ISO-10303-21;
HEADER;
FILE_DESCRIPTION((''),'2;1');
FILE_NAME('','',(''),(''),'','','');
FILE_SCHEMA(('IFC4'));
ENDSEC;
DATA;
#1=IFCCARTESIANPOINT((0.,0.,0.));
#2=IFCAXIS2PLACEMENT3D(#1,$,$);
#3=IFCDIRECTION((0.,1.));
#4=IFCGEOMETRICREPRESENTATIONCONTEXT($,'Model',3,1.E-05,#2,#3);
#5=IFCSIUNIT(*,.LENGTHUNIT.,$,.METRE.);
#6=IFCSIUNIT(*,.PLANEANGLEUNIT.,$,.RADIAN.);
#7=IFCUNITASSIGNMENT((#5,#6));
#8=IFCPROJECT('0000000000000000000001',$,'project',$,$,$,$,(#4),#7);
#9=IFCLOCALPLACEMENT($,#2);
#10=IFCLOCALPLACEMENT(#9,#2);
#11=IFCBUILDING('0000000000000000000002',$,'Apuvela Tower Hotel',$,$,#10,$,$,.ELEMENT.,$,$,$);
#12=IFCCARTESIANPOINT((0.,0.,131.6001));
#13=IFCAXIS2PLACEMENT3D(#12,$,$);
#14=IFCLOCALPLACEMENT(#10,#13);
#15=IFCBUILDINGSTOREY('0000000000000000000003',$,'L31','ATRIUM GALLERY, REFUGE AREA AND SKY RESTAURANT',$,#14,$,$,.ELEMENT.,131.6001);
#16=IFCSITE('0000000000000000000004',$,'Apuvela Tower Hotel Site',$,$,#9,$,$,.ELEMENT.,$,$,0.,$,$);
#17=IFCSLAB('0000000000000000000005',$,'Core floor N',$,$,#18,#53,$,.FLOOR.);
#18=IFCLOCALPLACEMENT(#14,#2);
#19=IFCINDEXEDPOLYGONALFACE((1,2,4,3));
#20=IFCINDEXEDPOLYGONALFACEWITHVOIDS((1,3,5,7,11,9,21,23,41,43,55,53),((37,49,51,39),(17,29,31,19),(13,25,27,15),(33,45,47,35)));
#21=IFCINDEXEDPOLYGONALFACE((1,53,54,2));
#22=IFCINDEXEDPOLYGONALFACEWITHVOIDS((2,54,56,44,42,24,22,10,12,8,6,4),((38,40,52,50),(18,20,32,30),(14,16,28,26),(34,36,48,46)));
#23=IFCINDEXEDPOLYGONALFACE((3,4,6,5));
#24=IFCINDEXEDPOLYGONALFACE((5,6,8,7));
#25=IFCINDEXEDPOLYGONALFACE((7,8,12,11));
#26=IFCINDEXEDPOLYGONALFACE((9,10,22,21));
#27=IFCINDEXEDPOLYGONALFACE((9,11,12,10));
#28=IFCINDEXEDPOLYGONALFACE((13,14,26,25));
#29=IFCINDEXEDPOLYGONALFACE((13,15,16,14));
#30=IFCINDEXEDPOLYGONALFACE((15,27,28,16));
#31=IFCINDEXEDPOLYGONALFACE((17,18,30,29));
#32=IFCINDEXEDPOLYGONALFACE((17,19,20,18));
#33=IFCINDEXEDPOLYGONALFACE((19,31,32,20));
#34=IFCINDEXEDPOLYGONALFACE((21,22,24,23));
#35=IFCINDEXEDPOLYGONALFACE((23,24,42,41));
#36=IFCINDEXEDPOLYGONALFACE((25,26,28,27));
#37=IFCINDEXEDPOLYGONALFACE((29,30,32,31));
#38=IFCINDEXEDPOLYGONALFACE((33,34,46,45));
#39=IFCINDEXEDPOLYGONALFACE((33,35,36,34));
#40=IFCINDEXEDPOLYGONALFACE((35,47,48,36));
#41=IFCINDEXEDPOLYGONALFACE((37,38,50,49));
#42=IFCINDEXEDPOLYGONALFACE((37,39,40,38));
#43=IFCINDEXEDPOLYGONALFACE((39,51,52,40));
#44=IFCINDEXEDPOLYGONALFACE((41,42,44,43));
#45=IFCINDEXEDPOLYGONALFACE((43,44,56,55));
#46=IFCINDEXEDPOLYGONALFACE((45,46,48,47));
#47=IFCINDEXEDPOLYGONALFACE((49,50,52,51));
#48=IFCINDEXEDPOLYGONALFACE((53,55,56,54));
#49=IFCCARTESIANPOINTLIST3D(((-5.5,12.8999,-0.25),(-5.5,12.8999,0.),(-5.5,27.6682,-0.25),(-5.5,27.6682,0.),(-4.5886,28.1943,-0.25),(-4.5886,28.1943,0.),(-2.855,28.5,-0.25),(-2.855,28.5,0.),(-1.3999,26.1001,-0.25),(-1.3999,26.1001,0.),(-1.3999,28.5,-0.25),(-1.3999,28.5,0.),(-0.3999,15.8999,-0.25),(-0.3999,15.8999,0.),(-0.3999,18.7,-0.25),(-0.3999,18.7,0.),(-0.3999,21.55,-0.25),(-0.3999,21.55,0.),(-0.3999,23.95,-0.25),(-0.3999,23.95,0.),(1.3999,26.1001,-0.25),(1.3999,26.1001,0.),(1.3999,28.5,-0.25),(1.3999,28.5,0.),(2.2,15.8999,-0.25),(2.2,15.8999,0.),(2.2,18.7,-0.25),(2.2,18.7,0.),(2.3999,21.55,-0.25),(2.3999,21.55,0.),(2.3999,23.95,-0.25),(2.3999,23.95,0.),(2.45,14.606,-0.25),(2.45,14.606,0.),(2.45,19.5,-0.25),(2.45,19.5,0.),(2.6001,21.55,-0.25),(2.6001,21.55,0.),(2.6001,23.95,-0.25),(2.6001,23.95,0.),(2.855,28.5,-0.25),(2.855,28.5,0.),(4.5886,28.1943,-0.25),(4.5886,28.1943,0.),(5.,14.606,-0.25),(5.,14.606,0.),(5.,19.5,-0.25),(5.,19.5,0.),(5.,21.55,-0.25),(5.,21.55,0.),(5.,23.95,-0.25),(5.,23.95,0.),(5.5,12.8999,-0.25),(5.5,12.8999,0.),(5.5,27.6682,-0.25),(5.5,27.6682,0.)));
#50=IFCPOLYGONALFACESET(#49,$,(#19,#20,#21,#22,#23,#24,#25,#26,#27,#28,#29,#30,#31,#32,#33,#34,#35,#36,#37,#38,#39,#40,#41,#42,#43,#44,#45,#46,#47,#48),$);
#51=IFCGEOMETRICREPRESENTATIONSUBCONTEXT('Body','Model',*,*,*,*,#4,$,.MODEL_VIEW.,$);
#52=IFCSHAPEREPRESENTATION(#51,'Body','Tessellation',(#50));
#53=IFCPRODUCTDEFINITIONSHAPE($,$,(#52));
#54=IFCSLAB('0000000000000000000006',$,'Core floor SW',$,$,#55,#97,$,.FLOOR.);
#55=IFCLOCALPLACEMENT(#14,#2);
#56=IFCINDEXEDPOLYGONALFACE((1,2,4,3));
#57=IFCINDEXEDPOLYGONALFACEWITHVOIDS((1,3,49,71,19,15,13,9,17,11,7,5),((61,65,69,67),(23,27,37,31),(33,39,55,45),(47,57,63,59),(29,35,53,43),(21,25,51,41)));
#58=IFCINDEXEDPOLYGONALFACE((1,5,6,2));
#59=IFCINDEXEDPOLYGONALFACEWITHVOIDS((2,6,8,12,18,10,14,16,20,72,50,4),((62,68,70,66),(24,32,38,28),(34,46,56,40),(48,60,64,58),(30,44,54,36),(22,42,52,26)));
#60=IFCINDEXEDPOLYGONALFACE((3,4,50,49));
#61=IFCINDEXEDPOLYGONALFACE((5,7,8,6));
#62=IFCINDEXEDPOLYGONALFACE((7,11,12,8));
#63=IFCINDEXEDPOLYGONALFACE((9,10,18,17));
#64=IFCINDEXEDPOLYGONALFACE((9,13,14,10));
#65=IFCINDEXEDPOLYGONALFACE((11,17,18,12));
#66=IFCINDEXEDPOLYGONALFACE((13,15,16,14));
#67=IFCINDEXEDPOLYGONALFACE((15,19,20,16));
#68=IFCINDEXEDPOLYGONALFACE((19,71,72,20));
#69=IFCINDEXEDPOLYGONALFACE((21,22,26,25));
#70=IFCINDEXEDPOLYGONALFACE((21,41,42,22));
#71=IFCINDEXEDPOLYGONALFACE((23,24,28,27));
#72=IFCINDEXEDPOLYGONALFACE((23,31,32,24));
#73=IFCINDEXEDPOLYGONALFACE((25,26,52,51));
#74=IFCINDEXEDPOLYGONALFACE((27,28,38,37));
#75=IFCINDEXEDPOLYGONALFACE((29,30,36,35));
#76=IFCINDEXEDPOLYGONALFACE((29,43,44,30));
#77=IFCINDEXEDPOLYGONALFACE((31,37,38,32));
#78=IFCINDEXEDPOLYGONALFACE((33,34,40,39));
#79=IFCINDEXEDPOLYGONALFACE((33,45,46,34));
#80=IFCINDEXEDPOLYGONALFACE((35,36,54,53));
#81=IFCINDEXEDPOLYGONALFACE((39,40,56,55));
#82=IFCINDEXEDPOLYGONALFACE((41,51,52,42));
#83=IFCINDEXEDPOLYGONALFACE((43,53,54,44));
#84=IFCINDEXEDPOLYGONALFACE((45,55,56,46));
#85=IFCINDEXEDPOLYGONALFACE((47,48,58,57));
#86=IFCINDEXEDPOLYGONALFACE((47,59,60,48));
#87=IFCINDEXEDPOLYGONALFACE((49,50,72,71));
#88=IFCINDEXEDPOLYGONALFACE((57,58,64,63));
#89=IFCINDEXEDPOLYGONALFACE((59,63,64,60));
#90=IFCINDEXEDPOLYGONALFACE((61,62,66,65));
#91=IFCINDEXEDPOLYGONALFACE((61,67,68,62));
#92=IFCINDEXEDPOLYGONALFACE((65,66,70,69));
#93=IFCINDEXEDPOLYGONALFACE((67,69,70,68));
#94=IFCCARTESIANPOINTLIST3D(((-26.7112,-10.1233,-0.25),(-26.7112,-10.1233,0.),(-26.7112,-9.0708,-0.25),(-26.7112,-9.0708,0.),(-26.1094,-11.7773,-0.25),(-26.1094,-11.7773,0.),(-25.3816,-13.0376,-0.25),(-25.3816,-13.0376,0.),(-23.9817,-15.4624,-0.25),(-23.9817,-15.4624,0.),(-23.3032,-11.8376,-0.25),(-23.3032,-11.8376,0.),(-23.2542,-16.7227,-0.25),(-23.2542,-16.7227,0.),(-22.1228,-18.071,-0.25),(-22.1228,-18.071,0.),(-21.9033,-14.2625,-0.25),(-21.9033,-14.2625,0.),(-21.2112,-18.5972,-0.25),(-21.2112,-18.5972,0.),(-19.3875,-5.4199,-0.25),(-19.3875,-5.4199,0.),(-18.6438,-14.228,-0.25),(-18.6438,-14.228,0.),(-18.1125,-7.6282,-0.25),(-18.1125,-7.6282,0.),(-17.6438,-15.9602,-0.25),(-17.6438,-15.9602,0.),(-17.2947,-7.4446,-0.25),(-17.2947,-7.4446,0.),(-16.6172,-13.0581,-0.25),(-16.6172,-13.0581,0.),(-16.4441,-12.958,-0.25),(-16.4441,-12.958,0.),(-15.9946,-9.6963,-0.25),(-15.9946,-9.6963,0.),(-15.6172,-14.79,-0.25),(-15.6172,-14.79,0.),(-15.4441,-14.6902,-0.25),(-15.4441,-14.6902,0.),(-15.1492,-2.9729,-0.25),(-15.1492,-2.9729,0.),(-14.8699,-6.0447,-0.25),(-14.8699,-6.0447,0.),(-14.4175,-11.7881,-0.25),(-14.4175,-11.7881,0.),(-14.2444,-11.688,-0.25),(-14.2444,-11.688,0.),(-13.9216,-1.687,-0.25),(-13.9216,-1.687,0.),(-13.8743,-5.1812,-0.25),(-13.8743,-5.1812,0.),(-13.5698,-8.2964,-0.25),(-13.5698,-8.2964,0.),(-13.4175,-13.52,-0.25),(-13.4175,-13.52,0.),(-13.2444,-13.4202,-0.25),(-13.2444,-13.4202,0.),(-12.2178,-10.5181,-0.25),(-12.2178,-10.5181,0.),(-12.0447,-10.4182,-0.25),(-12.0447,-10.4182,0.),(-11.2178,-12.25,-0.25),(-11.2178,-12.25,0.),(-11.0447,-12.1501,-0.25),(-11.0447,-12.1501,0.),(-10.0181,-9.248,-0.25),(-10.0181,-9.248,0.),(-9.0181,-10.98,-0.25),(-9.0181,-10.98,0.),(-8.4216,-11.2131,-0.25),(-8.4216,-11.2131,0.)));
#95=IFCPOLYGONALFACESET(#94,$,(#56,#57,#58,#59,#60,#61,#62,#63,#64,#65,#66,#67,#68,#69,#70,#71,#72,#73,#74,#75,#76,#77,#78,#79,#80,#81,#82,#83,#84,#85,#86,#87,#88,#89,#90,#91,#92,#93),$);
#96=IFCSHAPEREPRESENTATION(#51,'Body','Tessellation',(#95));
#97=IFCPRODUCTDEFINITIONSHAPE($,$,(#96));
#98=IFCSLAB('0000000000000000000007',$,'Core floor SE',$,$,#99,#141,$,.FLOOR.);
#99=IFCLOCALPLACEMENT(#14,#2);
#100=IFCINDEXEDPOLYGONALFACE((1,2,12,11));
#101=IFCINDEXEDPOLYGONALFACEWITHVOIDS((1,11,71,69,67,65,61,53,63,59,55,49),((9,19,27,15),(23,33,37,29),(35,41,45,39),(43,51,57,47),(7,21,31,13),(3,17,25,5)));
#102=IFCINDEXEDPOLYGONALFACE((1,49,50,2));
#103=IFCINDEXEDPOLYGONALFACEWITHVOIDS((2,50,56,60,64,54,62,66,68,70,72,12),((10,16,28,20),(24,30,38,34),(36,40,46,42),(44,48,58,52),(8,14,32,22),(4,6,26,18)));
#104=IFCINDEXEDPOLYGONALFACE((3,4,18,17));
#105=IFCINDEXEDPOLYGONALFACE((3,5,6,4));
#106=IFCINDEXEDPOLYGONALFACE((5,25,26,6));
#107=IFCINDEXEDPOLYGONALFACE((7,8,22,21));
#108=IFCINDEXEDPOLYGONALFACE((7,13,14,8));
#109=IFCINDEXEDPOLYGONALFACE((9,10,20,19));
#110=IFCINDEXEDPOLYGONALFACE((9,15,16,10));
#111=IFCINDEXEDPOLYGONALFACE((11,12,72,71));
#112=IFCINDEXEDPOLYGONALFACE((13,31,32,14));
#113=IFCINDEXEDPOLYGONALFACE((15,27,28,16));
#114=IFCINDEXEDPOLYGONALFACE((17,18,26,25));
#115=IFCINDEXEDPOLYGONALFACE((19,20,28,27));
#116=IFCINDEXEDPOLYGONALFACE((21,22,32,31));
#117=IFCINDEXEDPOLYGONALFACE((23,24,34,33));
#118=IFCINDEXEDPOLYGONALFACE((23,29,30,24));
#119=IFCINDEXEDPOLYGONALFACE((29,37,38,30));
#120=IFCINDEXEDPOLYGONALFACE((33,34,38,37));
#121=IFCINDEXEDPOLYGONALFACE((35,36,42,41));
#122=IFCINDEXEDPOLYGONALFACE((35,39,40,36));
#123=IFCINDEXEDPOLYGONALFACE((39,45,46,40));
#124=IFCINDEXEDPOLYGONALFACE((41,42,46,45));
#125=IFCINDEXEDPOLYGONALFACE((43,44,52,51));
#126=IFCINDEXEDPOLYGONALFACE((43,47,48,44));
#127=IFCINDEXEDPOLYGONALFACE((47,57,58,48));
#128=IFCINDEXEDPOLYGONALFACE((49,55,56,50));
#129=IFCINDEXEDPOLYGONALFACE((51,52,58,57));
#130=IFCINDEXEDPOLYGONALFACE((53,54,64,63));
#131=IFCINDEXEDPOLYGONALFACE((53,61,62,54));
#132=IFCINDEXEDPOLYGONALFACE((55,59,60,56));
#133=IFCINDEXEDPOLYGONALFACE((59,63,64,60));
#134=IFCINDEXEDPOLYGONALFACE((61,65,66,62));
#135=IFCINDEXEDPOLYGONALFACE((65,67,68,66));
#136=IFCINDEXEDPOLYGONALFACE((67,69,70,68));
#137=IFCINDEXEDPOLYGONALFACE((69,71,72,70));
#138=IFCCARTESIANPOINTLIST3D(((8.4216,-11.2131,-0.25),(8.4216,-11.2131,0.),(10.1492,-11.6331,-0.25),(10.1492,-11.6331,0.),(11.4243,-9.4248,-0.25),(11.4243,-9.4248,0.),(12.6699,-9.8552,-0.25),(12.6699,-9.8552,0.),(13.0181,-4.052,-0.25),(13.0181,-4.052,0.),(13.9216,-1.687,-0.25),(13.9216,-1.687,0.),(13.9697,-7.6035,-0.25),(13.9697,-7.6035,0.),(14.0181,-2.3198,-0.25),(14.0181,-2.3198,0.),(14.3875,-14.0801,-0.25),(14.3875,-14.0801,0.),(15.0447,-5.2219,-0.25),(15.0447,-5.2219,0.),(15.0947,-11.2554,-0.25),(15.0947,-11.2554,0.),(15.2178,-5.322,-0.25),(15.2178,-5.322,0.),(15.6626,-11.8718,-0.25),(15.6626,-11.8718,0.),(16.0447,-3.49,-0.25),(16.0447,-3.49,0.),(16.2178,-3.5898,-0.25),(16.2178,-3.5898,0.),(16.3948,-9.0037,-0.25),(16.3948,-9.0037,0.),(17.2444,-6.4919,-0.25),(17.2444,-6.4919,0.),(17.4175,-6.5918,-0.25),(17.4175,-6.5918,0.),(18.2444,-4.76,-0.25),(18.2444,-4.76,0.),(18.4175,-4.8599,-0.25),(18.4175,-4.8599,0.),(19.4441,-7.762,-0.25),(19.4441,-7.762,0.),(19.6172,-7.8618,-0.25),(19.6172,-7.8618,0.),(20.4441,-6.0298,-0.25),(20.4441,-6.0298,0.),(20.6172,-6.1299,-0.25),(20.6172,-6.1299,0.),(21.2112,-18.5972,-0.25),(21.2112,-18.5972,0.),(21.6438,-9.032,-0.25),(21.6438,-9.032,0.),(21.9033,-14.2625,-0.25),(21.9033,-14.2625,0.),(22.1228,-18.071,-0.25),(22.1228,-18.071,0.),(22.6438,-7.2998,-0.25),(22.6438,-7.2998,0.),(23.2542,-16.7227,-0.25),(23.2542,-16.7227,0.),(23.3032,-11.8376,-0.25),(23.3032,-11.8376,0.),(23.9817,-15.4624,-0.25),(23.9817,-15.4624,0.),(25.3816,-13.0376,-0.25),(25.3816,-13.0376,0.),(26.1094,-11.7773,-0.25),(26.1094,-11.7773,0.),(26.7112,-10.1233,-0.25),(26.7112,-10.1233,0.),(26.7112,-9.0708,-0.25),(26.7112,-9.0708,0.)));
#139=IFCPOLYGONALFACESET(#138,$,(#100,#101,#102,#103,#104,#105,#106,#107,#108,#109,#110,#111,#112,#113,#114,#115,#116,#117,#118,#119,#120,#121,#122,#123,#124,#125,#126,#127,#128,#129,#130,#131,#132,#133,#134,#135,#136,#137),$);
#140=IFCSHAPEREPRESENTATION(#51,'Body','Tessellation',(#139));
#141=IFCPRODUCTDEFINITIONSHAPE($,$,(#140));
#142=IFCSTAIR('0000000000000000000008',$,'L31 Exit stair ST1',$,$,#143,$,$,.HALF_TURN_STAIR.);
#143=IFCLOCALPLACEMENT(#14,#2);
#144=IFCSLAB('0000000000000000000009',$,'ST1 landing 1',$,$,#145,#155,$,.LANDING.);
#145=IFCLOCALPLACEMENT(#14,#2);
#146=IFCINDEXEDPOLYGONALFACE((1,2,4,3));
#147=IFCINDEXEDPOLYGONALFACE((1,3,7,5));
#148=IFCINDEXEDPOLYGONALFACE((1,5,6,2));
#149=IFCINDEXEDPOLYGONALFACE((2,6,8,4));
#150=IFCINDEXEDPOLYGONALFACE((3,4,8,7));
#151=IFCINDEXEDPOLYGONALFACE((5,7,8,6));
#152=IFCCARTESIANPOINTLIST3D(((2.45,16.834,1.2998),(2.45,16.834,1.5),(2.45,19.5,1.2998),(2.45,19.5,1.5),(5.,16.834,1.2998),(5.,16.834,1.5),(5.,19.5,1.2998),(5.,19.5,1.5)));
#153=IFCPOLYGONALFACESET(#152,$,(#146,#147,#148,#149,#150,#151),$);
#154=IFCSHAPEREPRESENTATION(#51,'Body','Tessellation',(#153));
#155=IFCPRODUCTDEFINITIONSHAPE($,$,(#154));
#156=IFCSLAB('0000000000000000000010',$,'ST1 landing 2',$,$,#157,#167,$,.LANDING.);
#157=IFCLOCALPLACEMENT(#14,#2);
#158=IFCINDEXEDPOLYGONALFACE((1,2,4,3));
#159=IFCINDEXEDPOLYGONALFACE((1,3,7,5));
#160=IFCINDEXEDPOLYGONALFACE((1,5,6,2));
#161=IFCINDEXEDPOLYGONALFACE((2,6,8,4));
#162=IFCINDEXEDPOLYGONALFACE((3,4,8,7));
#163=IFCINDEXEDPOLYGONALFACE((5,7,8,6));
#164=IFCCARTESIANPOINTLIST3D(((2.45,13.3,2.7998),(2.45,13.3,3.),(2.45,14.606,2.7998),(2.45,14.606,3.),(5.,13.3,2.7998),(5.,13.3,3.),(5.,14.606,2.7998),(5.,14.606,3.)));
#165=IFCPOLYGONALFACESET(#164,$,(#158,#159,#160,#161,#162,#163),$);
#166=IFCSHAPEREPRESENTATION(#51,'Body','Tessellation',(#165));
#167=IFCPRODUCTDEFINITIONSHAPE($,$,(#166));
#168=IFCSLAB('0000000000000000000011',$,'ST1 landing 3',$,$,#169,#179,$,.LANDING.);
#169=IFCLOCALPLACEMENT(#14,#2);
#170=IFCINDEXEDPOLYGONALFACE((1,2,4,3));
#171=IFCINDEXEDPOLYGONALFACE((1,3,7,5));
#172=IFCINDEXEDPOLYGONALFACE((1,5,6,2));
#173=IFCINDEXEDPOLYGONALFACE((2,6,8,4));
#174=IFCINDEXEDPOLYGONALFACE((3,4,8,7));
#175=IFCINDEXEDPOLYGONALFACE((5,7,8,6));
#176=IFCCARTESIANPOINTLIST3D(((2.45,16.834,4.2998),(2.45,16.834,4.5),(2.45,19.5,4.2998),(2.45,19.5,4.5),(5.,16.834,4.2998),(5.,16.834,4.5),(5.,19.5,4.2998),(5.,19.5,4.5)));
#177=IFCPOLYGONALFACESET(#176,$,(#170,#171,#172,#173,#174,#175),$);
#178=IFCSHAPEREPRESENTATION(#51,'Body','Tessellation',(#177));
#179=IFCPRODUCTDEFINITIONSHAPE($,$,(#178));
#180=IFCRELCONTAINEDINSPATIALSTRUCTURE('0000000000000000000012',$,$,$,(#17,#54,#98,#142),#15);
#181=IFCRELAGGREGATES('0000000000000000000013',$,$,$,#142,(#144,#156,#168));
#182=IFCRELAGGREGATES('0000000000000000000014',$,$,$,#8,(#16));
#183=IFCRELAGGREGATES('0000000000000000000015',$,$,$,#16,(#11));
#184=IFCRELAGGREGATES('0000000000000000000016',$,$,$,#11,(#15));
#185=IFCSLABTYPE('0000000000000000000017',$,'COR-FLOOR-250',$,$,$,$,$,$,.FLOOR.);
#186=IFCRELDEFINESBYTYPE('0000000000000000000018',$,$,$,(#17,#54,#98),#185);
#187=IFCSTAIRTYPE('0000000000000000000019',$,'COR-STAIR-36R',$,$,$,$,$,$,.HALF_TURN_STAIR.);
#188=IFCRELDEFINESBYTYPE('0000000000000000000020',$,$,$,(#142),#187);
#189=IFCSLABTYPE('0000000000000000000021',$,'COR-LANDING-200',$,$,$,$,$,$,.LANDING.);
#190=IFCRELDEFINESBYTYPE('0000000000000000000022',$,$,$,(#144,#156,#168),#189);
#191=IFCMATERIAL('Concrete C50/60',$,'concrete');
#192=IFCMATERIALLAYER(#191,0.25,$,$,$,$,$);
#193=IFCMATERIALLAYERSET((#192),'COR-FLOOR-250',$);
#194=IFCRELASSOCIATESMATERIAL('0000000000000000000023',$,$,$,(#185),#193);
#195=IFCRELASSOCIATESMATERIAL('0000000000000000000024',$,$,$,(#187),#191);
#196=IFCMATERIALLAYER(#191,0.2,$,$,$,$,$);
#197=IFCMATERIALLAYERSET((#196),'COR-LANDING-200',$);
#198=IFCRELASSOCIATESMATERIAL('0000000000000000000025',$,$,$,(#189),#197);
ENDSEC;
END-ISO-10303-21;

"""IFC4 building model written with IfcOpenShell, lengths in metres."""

from ifc_helpers import new_model, si_unit, direction, frame, origin, place, context, subcontext, project, spatial, polyline, outline, extrude, material, layer, layer_set, type_object, element, aggregate, save


model = new_model("IFC4")

# Units and contexts
model_context = context("Model", 3, precision=1e-05, world=origin(), true_north=direction((0.0, 1.0)))
body_context = subcontext(model_context, "Body", "Model", "MODEL_VIEW")
ifc_project = project(units=[si_unit("LENGTHUNIT", "METRE"), si_unit("PLANEANGLEUNIT", "RADIAN")], contexts=[model_context])

# Site, building, storey
site_placement = place(None, origin())
site = spatial("IfcSite", under=ifc_project, at=site_placement, Name="Apuvela Tower Hotel Site", CompositionType="ELEMENT", RefElevation=0.0)
building_placement = place(site_placement, origin())
building = spatial("IfcBuilding", under=site, at=building_placement, Name="Apuvela Tower Hotel", CompositionType="ELEMENT")
storey_placement = place(building_placement, frame((0.0, 0.0, 131.6001)))
storey = spatial("IfcBuildingStorey", under=building, at=storey_placement, Name="L31", Description="ATRIUM GALLERY, REFUGE AREA AND SKY RESTAURANT", CompositionType="ELEMENT", Elevation=131.6001)

# Slabs
ifc_material_1 = material(Name="Concrete C50/60", Category="concrete")
ifc_layer_1 = layer(ifc_material_1, 0.25)
ifc_layer_set_1 = layer_set([ifc_layer_1], Name="COR-FLOOR-250")
slab_type_1 = type_object("IfcSlabType", Name="COR-FLOOR-250", PredefinedType="FLOOR", material=ifc_layer_set_1)
slab_1_placement = place(storey_placement, frame((0.0, 0.0, -0.25)))
element("IfcSlab", 1, at=slab_1_placement, inside=storey, type_object=slab_type_1, Name="Core floor N", PredefinedType="FLOOR", context=body_context, shape_type="SweptSolid", body=[
    extrude(outline(polyline([(5.5, 27.6682), (4.5886, 28.1943), (2.855, 28.5), (1.3999, 28.5), (1.3999, 26.1001), (-1.3999, 26.1001), (-1.3999, 28.5), (-2.855, 28.5), (-4.5886, 28.1943), (-5.5, 27.6682), (-5.5, 12.8999), (5.5, 12.8999), (5.5, 27.6682)]), holes=[polyline([(5.0, 14.606), (2.45, 14.606), (2.45, 19.5), (5.0, 19.5), (5.0, 14.606)]), polyline([(2.2, 15.8999), (-0.3999, 15.8999), (-0.3999, 18.7), (2.2, 18.7), (2.2, 15.8999)]), polyline([(5.0, 21.55), (2.6001, 21.55), (2.6001, 23.95), (5.0, 23.95), (5.0, 21.55)]), polyline([(2.3999, 21.55), (-0.3999, 21.55), (-0.3999, 23.95), (2.3999, 23.95), (2.3999, 21.55)])]), origin(), (0.0, 0.0, 1.0), 0.25),
])
slab_2_placement = place(storey_placement, frame((0.0, 0.0, -0.25)))
element("IfcSlab", 2, at=slab_2_placement, inside=storey, type_object=slab_type_1, Name="Core floor SW", PredefinedType="FLOOR", context=body_context, shape_type="SweptSolid", body=[
    extrude(outline(polyline([(-26.7112, -9.0708), (-26.7112, -10.1233), (-26.1094, -11.7773), (-25.3816, -13.0376), (-23.3032, -11.8376), (-21.9033, -14.2625), (-23.9817, -15.4624), (-23.2542, -16.7227), (-22.1228, -18.071), (-21.2112, -18.5972), (-8.4216, -11.2131), (-13.9216, -1.687), (-26.7112, -9.0708)]), holes=[polyline([(-10.0181, -9.248), (-9.0181, -10.98), (-11.0447, -12.1501), (-12.0447, -10.4182), (-10.0181, -9.248)]), polyline([(-14.2444, -11.688), (-12.2178, -10.5181), (-11.2178, -12.25), (-13.2444, -13.4202), (-14.2444, -11.688)]), polyline([(-19.3875, -5.4199), (-15.1492, -2.9729), (-13.8743, -5.1812), (-18.1125, -7.6282), (-19.3875, -5.4199)]), polyline([(-14.8699, -6.0447), (-13.5698, -8.2964), (-15.9946, -9.6963), (-17.2947, -7.4446), (-14.8699, -6.0447)]), polyline([(-16.4441, -12.958), (-14.4175, -11.7881), (-13.4175, -13.52), (-15.4441, -14.6902), (-16.4441, -12.958)]), polyline([(-18.6438, -14.228), (-16.6172, -13.0581), (-15.6172, -14.79), (-17.6438, -15.9602), (-18.6438, -14.228)])]), origin(), (0.0, 0.0, 1.0), 0.25),
])
slab_3_placement = place(storey_placement, frame((0.0, 0.0, -0.25)))
element("IfcSlab", 3, at=slab_3_placement, inside=storey, type_object=slab_type_1, Name="Core floor SE", PredefinedType="FLOOR", context=body_context, shape_type="SweptSolid", body=[
    extrude(outline(polyline([(21.2112, -18.5972), (22.1228, -18.071), (23.2542, -16.7227), (23.9817, -15.4624), (21.9033, -14.2625), (23.3032, -11.8376), (25.3816, -13.0376), (26.1094, -11.7773), (26.7112, -10.1233), (26.7112, -9.0708), (13.9216, -1.687), (8.4216, -11.2131), (21.2112, -18.5972)]), holes=[polyline([(13.0181, -4.052), (14.0181, -2.3198), (16.0447, -3.49), (15.0447, -5.2219), (13.0181, -4.052)]), polyline([(17.2444, -6.4919), (15.2178, -5.322), (16.2178, -3.5898), (18.2444, -4.76), (17.2444, -6.4919)]), polyline([(14.3875, -14.0801), (10.1492, -11.6331), (11.4243, -9.4248), (15.6626, -11.8718), (14.3875, -14.0801)]), polyline([(12.6699, -9.8552), (13.9697, -7.6035), (16.3948, -9.0037), (15.0947, -11.2554), (12.6699, -9.8552)]), polyline([(19.4441, -7.762), (17.4175, -6.5918), (18.4175, -4.8599), (20.4441, -6.0298), (19.4441, -7.762)]), polyline([(21.6438, -9.032), (19.6172, -7.8618), (20.6172, -6.1299), (22.6438, -7.2998), (21.6438, -9.032)])]), origin(), (0.0, 0.0, 1.0), 0.25),
])

# Stair, slabs
stair_type = type_object("IfcStairType", Name="COR-STAIR-36R", PredefinedType="HALF_TURN_STAIR", material=ifc_material_1)
stair_1_placement = place(storey_placement, origin())
stair_1 = element("IfcStair", 4, at=stair_1_placement, inside=storey, type_object=stair_type, Name="L31 Exit stair ST1", PredefinedType="HALF_TURN_STAIR")
ifc_layer_2 = layer(ifc_material_1, 0.2)
ifc_layer_set_2 = layer_set([ifc_layer_2], Name="COR-LANDING-200")
slab_type_2 = type_object("IfcSlabType", Name="COR-LANDING-200", PredefinedType="LANDING", material=ifc_layer_set_2)
slab_4_placement = place(storey_placement, frame((0.0, 0.0, 1.2998)))
slab_4 = element("IfcSlab", 5, at=slab_4_placement, type_object=slab_type_2, Name="ST1 landing 1", PredefinedType="LANDING", context=body_context, shape_type="SweptSolid", body=[
    extrude(outline(polyline([(5.0, 16.834), (5.0, 19.5), (2.45, 19.5), (2.45, 16.834), (5.0, 16.834)])), origin(), (0.0, 0.0, 1.0), 0.2002),
])
slab_5_placement = place(storey_placement, frame((0.0, 0.0, 2.7998)))
slab_5 = element("IfcSlab", 6, at=slab_5_placement, type_object=slab_type_2, Name="ST1 landing 2", PredefinedType="LANDING", context=body_context, shape_type="SweptSolid", body=[
    extrude(outline(polyline([(5.0, 13.3), (5.0, 14.606), (2.45, 14.606), (2.45, 13.3), (5.0, 13.3)])), origin(), (0.0, 0.0, 1.0), 0.2002),
])
slab_6_placement = place(storey_placement, frame((0.0, 0.0, 4.2998)))
slab_6 = element("IfcSlab", 7, at=slab_6_placement, type_object=slab_type_2, Name="ST1 landing 3", PredefinedType="LANDING", context=body_context, shape_type="SweptSolid", body=[
    extrude(outline(polyline([(5.0, 16.834), (5.0, 19.5), (2.45, 19.5), (2.45, 16.834), (5.0, 16.834)])), origin(), (0.0, 0.0, 1.0), 0.2002),
])
aggregate(stair_1, [slab_4, slab_5, slab_6])

save(model, "model.ifc")
